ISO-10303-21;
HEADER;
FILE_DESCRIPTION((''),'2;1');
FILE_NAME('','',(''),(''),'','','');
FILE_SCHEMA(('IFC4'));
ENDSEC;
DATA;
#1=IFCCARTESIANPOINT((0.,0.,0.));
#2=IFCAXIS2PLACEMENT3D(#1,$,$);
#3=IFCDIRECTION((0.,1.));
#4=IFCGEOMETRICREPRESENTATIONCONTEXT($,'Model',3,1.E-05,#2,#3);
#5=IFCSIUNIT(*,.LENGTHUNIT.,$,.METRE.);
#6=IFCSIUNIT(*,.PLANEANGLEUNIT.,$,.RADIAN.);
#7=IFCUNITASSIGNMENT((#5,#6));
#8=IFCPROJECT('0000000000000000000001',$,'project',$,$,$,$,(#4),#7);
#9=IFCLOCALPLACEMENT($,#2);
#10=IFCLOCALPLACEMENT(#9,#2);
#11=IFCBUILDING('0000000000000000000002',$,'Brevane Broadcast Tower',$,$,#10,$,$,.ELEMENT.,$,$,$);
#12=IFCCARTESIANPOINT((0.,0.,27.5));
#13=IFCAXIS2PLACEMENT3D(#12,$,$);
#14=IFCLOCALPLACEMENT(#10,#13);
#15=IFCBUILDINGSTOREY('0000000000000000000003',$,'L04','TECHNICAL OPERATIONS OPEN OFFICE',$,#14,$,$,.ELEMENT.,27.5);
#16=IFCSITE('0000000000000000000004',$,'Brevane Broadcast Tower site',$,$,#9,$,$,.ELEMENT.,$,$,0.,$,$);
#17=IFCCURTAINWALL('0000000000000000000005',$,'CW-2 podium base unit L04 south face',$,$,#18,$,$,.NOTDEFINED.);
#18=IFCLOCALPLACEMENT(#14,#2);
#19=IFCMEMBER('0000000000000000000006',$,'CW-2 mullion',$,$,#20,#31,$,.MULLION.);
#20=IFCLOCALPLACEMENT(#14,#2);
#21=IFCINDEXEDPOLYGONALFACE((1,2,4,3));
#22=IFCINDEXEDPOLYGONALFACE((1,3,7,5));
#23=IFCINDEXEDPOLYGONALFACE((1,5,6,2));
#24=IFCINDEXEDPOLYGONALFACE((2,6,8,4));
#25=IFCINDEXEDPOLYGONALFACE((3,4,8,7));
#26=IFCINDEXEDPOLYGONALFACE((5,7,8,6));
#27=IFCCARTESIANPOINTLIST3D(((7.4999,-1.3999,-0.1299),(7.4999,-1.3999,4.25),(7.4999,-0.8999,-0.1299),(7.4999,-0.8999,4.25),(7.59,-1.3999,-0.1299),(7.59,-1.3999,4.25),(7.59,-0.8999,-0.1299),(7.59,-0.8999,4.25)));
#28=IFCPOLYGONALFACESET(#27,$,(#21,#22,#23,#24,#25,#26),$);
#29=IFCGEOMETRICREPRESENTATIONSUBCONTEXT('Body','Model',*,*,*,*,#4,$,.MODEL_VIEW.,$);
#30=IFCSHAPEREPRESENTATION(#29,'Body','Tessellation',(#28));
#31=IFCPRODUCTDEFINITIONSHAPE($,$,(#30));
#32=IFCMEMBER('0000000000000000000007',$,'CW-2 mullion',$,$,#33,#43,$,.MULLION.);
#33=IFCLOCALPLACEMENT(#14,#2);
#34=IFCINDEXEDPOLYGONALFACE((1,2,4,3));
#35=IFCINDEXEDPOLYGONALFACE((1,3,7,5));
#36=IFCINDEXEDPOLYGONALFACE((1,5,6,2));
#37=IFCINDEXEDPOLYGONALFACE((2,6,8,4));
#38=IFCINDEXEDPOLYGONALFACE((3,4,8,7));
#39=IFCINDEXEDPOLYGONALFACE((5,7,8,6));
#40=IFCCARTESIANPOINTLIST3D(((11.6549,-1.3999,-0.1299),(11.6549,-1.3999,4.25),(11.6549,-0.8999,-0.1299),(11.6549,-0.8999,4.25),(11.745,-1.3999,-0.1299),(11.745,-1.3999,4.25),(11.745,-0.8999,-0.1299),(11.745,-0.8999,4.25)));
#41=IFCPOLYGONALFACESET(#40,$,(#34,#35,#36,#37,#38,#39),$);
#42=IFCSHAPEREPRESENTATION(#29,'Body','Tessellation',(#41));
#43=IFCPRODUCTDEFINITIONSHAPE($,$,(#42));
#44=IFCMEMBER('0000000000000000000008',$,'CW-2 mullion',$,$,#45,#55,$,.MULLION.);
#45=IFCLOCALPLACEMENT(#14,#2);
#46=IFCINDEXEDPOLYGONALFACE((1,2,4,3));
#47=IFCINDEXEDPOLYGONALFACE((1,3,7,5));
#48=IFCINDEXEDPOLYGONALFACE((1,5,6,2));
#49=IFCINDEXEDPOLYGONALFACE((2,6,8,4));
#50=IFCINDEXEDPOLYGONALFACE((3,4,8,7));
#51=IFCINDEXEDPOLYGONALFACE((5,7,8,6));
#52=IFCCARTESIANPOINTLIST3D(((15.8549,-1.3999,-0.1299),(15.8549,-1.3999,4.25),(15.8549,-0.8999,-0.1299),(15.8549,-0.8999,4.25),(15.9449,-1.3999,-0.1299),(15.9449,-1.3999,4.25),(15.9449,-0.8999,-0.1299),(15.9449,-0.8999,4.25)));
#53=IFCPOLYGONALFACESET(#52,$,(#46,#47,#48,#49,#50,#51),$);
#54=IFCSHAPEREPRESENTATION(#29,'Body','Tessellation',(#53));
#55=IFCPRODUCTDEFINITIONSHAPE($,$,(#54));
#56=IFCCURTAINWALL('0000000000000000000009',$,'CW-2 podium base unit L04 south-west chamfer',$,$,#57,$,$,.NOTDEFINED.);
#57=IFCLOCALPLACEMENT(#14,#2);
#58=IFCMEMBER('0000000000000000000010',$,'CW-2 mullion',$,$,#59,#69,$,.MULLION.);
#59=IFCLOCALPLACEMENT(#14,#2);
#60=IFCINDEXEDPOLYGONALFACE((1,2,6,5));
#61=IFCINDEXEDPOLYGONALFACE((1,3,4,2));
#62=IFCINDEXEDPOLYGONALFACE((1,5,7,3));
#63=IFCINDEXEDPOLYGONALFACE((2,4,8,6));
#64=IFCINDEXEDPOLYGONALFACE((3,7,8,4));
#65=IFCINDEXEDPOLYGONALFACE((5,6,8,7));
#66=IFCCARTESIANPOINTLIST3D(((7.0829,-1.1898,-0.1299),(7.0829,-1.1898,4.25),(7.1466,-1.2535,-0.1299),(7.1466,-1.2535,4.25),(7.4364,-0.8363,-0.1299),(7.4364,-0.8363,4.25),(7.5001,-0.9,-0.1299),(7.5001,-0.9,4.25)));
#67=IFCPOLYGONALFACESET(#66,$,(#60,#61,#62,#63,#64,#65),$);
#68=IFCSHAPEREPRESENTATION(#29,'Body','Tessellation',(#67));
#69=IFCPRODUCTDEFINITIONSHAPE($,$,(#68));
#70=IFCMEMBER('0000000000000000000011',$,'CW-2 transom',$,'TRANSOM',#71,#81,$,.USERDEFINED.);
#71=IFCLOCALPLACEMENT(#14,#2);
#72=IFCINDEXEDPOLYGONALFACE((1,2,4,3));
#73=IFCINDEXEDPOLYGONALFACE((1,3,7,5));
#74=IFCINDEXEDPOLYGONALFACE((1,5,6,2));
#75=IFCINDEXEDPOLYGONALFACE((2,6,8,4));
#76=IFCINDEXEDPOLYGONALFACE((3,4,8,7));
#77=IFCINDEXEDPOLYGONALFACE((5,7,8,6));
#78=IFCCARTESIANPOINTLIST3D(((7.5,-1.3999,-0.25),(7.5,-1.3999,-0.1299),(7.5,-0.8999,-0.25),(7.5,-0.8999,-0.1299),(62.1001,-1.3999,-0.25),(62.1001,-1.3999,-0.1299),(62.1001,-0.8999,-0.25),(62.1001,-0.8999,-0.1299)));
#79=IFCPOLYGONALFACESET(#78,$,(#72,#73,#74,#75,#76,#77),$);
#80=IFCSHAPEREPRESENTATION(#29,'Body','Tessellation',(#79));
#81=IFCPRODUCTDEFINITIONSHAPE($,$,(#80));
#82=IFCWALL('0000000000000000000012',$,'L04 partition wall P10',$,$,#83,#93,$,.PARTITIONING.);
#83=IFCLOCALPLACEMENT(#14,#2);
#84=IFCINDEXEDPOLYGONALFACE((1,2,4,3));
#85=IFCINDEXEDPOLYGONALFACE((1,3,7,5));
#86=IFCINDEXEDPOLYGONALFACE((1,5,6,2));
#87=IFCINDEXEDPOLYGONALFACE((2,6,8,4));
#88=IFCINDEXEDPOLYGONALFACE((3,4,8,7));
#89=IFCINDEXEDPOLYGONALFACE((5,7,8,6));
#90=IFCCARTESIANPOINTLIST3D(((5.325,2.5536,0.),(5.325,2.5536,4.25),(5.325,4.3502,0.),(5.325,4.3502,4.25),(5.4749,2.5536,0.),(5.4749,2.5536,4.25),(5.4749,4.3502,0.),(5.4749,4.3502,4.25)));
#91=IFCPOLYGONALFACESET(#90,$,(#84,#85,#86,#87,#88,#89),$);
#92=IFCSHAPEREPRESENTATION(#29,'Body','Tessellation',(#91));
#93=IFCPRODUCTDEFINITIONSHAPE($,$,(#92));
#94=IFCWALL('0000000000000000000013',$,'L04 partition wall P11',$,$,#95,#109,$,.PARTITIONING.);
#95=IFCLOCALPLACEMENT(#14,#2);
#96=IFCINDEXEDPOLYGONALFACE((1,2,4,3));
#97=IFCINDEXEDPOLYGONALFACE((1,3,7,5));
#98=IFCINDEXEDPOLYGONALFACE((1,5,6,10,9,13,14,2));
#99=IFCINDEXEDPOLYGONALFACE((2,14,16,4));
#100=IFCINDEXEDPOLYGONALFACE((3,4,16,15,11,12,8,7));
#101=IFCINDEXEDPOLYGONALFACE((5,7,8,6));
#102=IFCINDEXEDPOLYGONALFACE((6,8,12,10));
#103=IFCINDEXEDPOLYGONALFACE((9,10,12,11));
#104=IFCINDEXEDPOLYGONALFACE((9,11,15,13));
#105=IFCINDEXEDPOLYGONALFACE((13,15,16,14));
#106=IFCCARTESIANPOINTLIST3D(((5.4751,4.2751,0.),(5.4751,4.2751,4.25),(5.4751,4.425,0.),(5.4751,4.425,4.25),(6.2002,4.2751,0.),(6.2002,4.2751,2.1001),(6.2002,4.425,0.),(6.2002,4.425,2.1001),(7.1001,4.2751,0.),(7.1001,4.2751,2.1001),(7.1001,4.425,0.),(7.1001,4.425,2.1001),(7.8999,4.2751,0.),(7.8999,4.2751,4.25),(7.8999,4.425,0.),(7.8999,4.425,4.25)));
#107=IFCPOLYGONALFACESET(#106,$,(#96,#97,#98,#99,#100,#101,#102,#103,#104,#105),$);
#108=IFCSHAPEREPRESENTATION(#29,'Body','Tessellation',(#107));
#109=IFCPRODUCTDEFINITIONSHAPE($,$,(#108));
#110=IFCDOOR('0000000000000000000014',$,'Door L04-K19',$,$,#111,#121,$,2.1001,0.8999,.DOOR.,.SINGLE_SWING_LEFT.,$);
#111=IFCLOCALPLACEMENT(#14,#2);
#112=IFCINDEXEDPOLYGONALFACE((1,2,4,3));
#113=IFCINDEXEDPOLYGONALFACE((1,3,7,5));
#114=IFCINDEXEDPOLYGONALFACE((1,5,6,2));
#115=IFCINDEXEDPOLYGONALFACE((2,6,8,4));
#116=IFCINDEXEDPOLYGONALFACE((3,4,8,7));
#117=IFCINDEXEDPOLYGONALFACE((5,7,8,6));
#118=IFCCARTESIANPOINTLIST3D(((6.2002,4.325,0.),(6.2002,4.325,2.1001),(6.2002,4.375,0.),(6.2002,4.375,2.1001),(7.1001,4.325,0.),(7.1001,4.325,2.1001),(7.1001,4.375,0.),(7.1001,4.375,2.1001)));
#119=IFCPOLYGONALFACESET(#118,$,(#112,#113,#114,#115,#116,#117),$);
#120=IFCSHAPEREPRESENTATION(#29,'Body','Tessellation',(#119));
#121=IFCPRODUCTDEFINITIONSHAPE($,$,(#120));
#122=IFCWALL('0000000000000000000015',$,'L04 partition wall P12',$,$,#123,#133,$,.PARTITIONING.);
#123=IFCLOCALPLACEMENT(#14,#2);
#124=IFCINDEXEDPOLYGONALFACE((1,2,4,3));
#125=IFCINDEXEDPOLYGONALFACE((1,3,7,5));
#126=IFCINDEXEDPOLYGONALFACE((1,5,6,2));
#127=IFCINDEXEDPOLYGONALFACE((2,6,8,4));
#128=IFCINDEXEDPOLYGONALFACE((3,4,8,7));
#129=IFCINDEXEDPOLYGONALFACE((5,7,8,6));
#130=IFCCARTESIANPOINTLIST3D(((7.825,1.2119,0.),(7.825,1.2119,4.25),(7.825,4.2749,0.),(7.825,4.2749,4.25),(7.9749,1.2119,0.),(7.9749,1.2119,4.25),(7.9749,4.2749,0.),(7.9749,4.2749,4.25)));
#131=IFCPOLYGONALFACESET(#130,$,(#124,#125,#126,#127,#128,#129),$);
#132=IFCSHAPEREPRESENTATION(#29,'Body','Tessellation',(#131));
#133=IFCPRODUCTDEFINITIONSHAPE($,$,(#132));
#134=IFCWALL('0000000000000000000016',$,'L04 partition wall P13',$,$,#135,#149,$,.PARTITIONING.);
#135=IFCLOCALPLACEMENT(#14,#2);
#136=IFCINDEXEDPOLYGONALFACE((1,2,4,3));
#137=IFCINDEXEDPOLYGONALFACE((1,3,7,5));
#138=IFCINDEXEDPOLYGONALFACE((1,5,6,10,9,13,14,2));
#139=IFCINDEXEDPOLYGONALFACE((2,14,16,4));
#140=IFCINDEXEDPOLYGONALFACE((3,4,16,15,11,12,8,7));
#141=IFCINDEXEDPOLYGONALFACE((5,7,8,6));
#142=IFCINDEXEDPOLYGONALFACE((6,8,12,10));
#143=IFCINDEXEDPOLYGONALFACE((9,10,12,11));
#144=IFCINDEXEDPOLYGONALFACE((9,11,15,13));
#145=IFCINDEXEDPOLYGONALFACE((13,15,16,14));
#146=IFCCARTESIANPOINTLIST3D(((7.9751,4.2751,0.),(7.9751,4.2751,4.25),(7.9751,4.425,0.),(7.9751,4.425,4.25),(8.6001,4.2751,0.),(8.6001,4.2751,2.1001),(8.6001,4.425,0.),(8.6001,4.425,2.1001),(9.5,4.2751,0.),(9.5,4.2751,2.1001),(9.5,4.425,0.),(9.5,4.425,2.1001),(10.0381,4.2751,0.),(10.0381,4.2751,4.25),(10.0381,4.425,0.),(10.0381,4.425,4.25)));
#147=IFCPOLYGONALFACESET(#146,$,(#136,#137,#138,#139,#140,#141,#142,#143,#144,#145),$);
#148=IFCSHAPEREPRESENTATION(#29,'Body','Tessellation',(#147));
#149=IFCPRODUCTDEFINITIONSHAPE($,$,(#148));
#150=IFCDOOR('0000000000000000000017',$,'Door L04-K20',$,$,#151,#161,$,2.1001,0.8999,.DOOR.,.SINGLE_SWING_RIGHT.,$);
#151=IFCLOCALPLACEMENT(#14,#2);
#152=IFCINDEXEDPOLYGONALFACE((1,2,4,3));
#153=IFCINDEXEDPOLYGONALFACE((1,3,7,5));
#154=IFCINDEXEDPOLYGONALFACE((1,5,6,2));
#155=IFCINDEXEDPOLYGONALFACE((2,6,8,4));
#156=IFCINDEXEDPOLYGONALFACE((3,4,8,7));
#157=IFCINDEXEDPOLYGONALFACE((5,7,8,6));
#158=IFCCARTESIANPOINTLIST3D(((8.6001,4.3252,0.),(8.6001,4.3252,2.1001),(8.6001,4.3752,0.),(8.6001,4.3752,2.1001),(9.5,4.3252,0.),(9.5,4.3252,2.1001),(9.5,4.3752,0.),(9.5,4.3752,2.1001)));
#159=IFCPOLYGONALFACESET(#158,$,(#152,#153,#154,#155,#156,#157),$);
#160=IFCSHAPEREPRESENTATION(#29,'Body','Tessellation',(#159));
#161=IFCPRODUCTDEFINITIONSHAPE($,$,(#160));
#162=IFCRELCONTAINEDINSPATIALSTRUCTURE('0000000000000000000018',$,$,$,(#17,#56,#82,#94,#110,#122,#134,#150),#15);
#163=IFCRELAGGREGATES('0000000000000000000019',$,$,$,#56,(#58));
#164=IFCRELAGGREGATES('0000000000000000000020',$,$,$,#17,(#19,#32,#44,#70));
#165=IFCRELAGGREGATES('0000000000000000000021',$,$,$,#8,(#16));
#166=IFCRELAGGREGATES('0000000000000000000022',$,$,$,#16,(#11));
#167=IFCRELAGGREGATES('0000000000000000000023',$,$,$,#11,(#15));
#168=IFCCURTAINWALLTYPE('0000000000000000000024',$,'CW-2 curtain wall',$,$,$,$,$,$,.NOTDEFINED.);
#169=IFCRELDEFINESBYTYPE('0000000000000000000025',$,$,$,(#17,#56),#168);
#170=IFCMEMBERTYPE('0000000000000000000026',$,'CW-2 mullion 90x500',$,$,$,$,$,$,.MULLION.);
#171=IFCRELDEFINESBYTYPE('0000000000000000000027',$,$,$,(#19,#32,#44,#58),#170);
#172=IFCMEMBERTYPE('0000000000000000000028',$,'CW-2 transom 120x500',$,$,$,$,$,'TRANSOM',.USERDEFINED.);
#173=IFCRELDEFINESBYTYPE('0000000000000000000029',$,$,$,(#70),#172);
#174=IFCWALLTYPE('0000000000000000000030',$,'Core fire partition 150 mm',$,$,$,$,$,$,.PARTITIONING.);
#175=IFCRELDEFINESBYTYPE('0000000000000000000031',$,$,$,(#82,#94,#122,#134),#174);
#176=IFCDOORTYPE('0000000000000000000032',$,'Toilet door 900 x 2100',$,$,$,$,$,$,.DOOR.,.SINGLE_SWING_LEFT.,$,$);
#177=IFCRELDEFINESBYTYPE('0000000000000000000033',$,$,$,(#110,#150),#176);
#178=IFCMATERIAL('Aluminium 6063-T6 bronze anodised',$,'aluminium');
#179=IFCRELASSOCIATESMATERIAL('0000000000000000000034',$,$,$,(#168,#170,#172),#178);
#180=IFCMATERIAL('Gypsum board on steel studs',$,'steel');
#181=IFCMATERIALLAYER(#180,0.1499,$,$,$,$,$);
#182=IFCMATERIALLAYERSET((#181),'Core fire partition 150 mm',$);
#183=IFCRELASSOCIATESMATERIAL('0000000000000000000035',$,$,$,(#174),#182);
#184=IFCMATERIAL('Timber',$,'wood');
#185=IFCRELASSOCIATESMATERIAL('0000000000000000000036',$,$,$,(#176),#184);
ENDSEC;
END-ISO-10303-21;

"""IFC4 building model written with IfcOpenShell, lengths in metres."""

from ifc_helpers import new_model, si_unit, direction, frame, frame_2d, origin, origin_2d, place, context, subcontext, project, spatial, rectangle, extrude, material, layer, layer_set, material_profile, profile_set, type_object, element, fill, aggregate, save


model = new_model("IFC4")

# Units and contexts
model_context = context("Model", 3, precision=1e-05, world=origin(), true_north=direction((0.0, 1.0)))
body_context = subcontext(model_context, "Body", "Model", "MODEL_VIEW")
ifc_project = project(units=[si_unit("LENGTHUNIT", "METRE"), si_unit("PLANEANGLEUNIT", "RADIAN")], contexts=[model_context])

# Site, building, storey
site_placement = place(None, origin())
site = spatial("IfcSite", under=ifc_project, at=site_placement, Name="Brevane Broadcast Tower site", CompositionType="ELEMENT", RefElevation=0.0)
building_placement = place(site_placement, origin())
building = spatial("IfcBuilding", under=site, at=building_placement, Name="Brevane Broadcast Tower", CompositionType="ELEMENT")
storey_placement = place(building_placement, frame((0.0, 0.0, 27.5)))
storey = spatial("IfcBuildingStorey", under=building, at=storey_placement, Name="L04", Description="TECHNICAL OPERATIONS OPEN OFFICE", CompositionType="ELEMENT", Elevation=27.5)

# Curtain wall, members
ifc_material_1 = material(Name="Aluminium 6063-T6 bronze anodised", Category="aluminium")
curtain_wall_type = type_object("IfcCurtainWallType", Name="CW-2 curtain wall", PredefinedType="NOTDEFINED", material=ifc_material_1)
curtain_wall_1_placement = place(storey_placement, origin())
curtain_wall_1 = element("IfcCurtainWall", 1, at=curtain_wall_1_placement, inside=storey, type_object=curtain_wall_type, Name="CW-2 podium base unit L04 south face", PredefinedType="NOTDEFINED")
ifc_material_profile_1 = material_profile(ifc_material_1, rectangle(XDim=0.5, YDim=0.0901, at=origin_2d()), Name="RECT 90x500")
ifc_profile_set_1 = profile_set([ifc_material_profile_1], Name="Aluminium 6063-T6 bronze anodised")
member_type_1 = type_object("IfcMemberType", Name="CW-2 mullion 90x500", PredefinedType="MULLION", material=ifc_profile_set_1)
member_1_placement = place(storey_placement, frame((7.5449, -1.1499, -0.1299), z_axis=(0.0, 0.0, 1.0), x_axis=(0.0, 1.0, 0.0)))
member_1 = element("IfcMember", 2, at=member_1_placement, type_object=member_type_1, Name="CW-2 mullion", PredefinedType="MULLION", context=body_context, shape_type="SweptSolid", body=[
    extrude(rectangle(XDim=0.5, YDim=0.0901, at=origin_2d()), origin(), (0.0, 0.0, 1.0), 4.3799),
])
member_2_placement = place(storey_placement, frame((11.7, -1.1499, -0.1299), z_axis=(0.0, 0.0, 1.0), x_axis=(0.0, 1.0, 0.0)))
member_2 = element("IfcMember", 3, at=member_2_placement, type_object=member_type_1, Name="CW-2 mullion", PredefinedType="MULLION", context=body_context, shape_type="SweptSolid", body=[
    extrude(rectangle(XDim=0.5, YDim=0.0901, at=origin_2d()), origin(), (0.0, 0.0, 1.0), 4.3799),
])
member_3_placement = place(storey_placement, frame((15.8999, -1.1499, -0.1299), z_axis=(0.0, 0.0, 1.0), x_axis=(0.0, 1.0, 0.0)))
member_3 = element("IfcMember", 4, at=member_3_placement, type_object=member_type_1, Name="CW-2 mullion", PredefinedType="MULLION", context=body_context, shape_type="SweptSolid", body=[
    extrude(rectangle(XDim=0.5, YDim=0.0901, at=origin_2d()), origin(), (0.0, 0.0, 1.0), 4.3799),
])

# Curtain wall, member
curtain_wall_2_placement = place(storey_placement, origin())
curtain_wall_2 = element("IfcCurtainWall", 5, at=curtain_wall_2_placement, inside=storey, type_object=curtain_wall_type, Name="CW-2 podium base unit L04 south-west chamfer", PredefinedType="NOTDEFINED")
member_4_placement = place(storey_placement, frame((7.2915, -1.0449, -0.1299), z_axis=(0.0, 0.0, 1.0), x_axis=(0.707107, 0.707107, 0.0)))
member_4 = element("IfcMember", 6, at=member_4_placement, type_object=member_type_1, Name="CW-2 mullion", PredefinedType="MULLION", context=body_context, shape_type="SweptSolid", body=[
    extrude(rectangle(XDim=0.5, YDim=0.0901, at=origin_2d()), origin(), (0.0, 0.0, 1.0), 4.3799),
])
aggregate(curtain_wall_2, [member_4])

# Member
ifc_material_profile_2 = material_profile(ifc_material_1, rectangle(XDim=0.5, YDim=0.1201, at=origin_2d()), Name="RECT 120x500")
ifc_profile_set_2 = profile_set([ifc_material_profile_2], Name="Aluminium 6063-T6 bronze anodised")
member_type_2 = type_object("IfcMemberType", Name="CW-2 transom 120x500", ElementType="TRANSOM", PredefinedType="USERDEFINED", material=ifc_profile_set_2)
member_5_placement = place(storey_placement, frame((7.5, -1.1499, -0.1899), z_axis=(1.0, 0.0, 0.0), x_axis=(0.0, 1.0, 0.0)))
member_5 = element("IfcMember", 7, at=member_5_placement, type_object=member_type_2, Name="CW-2 transom", ObjectType="TRANSOM", PredefinedType="USERDEFINED", context=body_context, shape_type="SweptSolid", body=[
    extrude(rectangle(XDim=0.5, YDim=0.1201, at=origin_2d()), origin(), (0.0, 0.0, 1.0), 54.6001),
])
aggregate(curtain_wall_1, [member_1, member_2, member_3, member_5])

# Wall
ifc_material_2 = material(Name="Gypsum board on steel studs", Category="steel")
ifc_layer_1 = layer(ifc_material_2, 0.1499)
ifc_layer_set_1 = layer_set([ifc_layer_1], Name="Core fire partition 150 mm")
wall_type_1 = type_object("IfcWallType", Name="Core fire partition 150 mm", PredefinedType="PARTITIONING", material=ifc_layer_set_1)
wall_1_placement = place(storey_placement, frame((5.3999, 2.5535, 0.0), z_axis=(0.0, 0.0, 1.0), x_axis=(0.0, 1.0, 0.0)))
element("IfcWall", 8, at=wall_1_placement, inside=storey, type_object=wall_type_1, Name="L04 partition wall P10", PredefinedType="PARTITIONING", context=body_context, shape_type="SweptSolid", body=[
    extrude(rectangle(XDim=1.7966, YDim=0.1499, at=frame_2d((0.8984, 0.0))), origin(), (0.0, 0.0, 1.0), 4.25),
])

# Wall, opening, door
wall_2_placement = place(storey_placement, frame((5.4751, 4.3501, 0.0), z_axis=(0.0, 0.0, 1.0), x_axis=(1.0, 0.0, 0.0)))
wall_2 = element("IfcWall", 9, at=wall_2_placement, inside=storey, type_object=wall_type_1, Name="L04 partition wall P11", PredefinedType="PARTITIONING", context=body_context, shape_type="SweptSolid", body=[
    extrude(rectangle(XDim=2.4248, YDim=0.1499, at=frame_2d((1.2124, 0.0))), origin(), (0.0, 0.0, 1.0), 4.25),
])
opening_1_placement = place(wall_2_placement, frame((0.7251, 0.0, 0.0)))
opening_1 = element("IfcOpeningElement", 10, at=opening_1_placement, cuts=wall_2, PredefinedType="OPENING", context=body_context, shape_type="SweptSolid", body=[
    extrude(rectangle(XDim=0.8999, YDim=2.1001, at=frame_2d((0.45, 1.05))), frame((0.0, 0.085, 0.0), z_axis=(0.0, -1.0, 0.0), x_axis=(1.0, 0.0, 0.0)), (0.0, 0.0, 1.0), 0.1699),
])
ifc_material_3 = material(Name="Timber", Category="wood")
door_type_1 = type_object("IfcDoorType", Name="Toilet door 900 x 2100", OperationType="SINGLE_SWING_LEFT", PredefinedType="DOOR", material=ifc_material_3)
door_1_placement = place(opening_1_placement, origin())
door_1 = element("IfcDoor", 11, at=door_1_placement, inside=storey, type_object=door_type_1, Name="Door L04-K19", OperationType="SINGLE_SWING_LEFT", OverallHeight=2.1001, OverallWidth=0.8999, PredefinedType="DOOR", context=body_context, shape_type="SweptSolid", body=[
    extrude(rectangle(XDim=0.8999, YDim=2.1001, at=frame_2d((0.45, 1.05))), frame((0.0, 0.0249, 0.0), z_axis=(0.0, -1.0, 0.0), x_axis=(1.0, 0.0, 0.0)), (0.0, 0.0, 1.0), 0.05),
])
fill(opening_1, door_1)

# Wall
wall_3_placement = place(storey_placement, frame((7.8999, 4.2749, 0.0), z_axis=(0.0, 0.0, 1.0), x_axis=(0.0, -1.0, 0.0)))
element("IfcWall", 12, at=wall_3_placement, inside=storey, type_object=wall_type_1, Name="L04 partition wall P12", PredefinedType="PARTITIONING", context=body_context, shape_type="SweptSolid", body=[
    extrude(rectangle(XDim=3.063, YDim=0.1499, at=frame_2d((1.5315, 0.0))), origin(), (0.0, 0.0, 1.0), 4.25),
])

# Wall, opening, door
wall_4_placement = place(storey_placement, frame((10.0381, 4.3501, 0.0), z_axis=(0.0, 0.0, 1.0), x_axis=(-1.0, 0.0, 0.0)))
wall_4 = element("IfcWall", 13, at=wall_4_placement, inside=storey, type_object=wall_type_1, Name="L04 partition wall P13", PredefinedType="PARTITIONING", context=body_context, shape_type="SweptSolid", body=[
    extrude(rectangle(XDim=2.063, YDim=0.1499, at=frame_2d((1.0315, 0.0))), origin(), (0.0, 0.0, 1.0), 4.25),
])
opening_2_placement = place(wall_4_placement, frame((0.5381, 0.0, 0.0)))
opening_2 = element("IfcOpeningElement", 14, at=opening_2_placement, cuts=wall_4, PredefinedType="OPENING", context=body_context, shape_type="SweptSolid", body=[
    extrude(rectangle(XDim=0.8999, YDim=2.1001, at=frame_2d((0.45, 1.05))), frame((0.0, 0.085, 0.0), z_axis=(0.0, -1.0, 0.0), x_axis=(1.0, 0.0, 0.0)), (0.0, 0.0, 1.0), 0.1699),
])
door_2_placement = place(opening_2_placement, origin())
door_2 = element("IfcDoor", 15, at=door_2_placement, inside=storey, type_object=door_type_1, Name="Door L04-K20", OperationType="SINGLE_SWING_RIGHT", OverallHeight=2.1001, OverallWidth=0.8999, PredefinedType="DOOR", context=body_context, shape_type="SweptSolid", body=[
    extrude(rectangle(XDim=0.8999, YDim=2.1001, at=frame_2d((0.45, 1.05))), frame((0.0, 0.0249, 0.0), z_axis=(0.0, -1.0, 0.0), x_axis=(1.0, 0.0, 0.0)), (0.0, 0.0, 1.0), 0.05),
])
fill(opening_2, door_2)

save(model, "model.ifc")
